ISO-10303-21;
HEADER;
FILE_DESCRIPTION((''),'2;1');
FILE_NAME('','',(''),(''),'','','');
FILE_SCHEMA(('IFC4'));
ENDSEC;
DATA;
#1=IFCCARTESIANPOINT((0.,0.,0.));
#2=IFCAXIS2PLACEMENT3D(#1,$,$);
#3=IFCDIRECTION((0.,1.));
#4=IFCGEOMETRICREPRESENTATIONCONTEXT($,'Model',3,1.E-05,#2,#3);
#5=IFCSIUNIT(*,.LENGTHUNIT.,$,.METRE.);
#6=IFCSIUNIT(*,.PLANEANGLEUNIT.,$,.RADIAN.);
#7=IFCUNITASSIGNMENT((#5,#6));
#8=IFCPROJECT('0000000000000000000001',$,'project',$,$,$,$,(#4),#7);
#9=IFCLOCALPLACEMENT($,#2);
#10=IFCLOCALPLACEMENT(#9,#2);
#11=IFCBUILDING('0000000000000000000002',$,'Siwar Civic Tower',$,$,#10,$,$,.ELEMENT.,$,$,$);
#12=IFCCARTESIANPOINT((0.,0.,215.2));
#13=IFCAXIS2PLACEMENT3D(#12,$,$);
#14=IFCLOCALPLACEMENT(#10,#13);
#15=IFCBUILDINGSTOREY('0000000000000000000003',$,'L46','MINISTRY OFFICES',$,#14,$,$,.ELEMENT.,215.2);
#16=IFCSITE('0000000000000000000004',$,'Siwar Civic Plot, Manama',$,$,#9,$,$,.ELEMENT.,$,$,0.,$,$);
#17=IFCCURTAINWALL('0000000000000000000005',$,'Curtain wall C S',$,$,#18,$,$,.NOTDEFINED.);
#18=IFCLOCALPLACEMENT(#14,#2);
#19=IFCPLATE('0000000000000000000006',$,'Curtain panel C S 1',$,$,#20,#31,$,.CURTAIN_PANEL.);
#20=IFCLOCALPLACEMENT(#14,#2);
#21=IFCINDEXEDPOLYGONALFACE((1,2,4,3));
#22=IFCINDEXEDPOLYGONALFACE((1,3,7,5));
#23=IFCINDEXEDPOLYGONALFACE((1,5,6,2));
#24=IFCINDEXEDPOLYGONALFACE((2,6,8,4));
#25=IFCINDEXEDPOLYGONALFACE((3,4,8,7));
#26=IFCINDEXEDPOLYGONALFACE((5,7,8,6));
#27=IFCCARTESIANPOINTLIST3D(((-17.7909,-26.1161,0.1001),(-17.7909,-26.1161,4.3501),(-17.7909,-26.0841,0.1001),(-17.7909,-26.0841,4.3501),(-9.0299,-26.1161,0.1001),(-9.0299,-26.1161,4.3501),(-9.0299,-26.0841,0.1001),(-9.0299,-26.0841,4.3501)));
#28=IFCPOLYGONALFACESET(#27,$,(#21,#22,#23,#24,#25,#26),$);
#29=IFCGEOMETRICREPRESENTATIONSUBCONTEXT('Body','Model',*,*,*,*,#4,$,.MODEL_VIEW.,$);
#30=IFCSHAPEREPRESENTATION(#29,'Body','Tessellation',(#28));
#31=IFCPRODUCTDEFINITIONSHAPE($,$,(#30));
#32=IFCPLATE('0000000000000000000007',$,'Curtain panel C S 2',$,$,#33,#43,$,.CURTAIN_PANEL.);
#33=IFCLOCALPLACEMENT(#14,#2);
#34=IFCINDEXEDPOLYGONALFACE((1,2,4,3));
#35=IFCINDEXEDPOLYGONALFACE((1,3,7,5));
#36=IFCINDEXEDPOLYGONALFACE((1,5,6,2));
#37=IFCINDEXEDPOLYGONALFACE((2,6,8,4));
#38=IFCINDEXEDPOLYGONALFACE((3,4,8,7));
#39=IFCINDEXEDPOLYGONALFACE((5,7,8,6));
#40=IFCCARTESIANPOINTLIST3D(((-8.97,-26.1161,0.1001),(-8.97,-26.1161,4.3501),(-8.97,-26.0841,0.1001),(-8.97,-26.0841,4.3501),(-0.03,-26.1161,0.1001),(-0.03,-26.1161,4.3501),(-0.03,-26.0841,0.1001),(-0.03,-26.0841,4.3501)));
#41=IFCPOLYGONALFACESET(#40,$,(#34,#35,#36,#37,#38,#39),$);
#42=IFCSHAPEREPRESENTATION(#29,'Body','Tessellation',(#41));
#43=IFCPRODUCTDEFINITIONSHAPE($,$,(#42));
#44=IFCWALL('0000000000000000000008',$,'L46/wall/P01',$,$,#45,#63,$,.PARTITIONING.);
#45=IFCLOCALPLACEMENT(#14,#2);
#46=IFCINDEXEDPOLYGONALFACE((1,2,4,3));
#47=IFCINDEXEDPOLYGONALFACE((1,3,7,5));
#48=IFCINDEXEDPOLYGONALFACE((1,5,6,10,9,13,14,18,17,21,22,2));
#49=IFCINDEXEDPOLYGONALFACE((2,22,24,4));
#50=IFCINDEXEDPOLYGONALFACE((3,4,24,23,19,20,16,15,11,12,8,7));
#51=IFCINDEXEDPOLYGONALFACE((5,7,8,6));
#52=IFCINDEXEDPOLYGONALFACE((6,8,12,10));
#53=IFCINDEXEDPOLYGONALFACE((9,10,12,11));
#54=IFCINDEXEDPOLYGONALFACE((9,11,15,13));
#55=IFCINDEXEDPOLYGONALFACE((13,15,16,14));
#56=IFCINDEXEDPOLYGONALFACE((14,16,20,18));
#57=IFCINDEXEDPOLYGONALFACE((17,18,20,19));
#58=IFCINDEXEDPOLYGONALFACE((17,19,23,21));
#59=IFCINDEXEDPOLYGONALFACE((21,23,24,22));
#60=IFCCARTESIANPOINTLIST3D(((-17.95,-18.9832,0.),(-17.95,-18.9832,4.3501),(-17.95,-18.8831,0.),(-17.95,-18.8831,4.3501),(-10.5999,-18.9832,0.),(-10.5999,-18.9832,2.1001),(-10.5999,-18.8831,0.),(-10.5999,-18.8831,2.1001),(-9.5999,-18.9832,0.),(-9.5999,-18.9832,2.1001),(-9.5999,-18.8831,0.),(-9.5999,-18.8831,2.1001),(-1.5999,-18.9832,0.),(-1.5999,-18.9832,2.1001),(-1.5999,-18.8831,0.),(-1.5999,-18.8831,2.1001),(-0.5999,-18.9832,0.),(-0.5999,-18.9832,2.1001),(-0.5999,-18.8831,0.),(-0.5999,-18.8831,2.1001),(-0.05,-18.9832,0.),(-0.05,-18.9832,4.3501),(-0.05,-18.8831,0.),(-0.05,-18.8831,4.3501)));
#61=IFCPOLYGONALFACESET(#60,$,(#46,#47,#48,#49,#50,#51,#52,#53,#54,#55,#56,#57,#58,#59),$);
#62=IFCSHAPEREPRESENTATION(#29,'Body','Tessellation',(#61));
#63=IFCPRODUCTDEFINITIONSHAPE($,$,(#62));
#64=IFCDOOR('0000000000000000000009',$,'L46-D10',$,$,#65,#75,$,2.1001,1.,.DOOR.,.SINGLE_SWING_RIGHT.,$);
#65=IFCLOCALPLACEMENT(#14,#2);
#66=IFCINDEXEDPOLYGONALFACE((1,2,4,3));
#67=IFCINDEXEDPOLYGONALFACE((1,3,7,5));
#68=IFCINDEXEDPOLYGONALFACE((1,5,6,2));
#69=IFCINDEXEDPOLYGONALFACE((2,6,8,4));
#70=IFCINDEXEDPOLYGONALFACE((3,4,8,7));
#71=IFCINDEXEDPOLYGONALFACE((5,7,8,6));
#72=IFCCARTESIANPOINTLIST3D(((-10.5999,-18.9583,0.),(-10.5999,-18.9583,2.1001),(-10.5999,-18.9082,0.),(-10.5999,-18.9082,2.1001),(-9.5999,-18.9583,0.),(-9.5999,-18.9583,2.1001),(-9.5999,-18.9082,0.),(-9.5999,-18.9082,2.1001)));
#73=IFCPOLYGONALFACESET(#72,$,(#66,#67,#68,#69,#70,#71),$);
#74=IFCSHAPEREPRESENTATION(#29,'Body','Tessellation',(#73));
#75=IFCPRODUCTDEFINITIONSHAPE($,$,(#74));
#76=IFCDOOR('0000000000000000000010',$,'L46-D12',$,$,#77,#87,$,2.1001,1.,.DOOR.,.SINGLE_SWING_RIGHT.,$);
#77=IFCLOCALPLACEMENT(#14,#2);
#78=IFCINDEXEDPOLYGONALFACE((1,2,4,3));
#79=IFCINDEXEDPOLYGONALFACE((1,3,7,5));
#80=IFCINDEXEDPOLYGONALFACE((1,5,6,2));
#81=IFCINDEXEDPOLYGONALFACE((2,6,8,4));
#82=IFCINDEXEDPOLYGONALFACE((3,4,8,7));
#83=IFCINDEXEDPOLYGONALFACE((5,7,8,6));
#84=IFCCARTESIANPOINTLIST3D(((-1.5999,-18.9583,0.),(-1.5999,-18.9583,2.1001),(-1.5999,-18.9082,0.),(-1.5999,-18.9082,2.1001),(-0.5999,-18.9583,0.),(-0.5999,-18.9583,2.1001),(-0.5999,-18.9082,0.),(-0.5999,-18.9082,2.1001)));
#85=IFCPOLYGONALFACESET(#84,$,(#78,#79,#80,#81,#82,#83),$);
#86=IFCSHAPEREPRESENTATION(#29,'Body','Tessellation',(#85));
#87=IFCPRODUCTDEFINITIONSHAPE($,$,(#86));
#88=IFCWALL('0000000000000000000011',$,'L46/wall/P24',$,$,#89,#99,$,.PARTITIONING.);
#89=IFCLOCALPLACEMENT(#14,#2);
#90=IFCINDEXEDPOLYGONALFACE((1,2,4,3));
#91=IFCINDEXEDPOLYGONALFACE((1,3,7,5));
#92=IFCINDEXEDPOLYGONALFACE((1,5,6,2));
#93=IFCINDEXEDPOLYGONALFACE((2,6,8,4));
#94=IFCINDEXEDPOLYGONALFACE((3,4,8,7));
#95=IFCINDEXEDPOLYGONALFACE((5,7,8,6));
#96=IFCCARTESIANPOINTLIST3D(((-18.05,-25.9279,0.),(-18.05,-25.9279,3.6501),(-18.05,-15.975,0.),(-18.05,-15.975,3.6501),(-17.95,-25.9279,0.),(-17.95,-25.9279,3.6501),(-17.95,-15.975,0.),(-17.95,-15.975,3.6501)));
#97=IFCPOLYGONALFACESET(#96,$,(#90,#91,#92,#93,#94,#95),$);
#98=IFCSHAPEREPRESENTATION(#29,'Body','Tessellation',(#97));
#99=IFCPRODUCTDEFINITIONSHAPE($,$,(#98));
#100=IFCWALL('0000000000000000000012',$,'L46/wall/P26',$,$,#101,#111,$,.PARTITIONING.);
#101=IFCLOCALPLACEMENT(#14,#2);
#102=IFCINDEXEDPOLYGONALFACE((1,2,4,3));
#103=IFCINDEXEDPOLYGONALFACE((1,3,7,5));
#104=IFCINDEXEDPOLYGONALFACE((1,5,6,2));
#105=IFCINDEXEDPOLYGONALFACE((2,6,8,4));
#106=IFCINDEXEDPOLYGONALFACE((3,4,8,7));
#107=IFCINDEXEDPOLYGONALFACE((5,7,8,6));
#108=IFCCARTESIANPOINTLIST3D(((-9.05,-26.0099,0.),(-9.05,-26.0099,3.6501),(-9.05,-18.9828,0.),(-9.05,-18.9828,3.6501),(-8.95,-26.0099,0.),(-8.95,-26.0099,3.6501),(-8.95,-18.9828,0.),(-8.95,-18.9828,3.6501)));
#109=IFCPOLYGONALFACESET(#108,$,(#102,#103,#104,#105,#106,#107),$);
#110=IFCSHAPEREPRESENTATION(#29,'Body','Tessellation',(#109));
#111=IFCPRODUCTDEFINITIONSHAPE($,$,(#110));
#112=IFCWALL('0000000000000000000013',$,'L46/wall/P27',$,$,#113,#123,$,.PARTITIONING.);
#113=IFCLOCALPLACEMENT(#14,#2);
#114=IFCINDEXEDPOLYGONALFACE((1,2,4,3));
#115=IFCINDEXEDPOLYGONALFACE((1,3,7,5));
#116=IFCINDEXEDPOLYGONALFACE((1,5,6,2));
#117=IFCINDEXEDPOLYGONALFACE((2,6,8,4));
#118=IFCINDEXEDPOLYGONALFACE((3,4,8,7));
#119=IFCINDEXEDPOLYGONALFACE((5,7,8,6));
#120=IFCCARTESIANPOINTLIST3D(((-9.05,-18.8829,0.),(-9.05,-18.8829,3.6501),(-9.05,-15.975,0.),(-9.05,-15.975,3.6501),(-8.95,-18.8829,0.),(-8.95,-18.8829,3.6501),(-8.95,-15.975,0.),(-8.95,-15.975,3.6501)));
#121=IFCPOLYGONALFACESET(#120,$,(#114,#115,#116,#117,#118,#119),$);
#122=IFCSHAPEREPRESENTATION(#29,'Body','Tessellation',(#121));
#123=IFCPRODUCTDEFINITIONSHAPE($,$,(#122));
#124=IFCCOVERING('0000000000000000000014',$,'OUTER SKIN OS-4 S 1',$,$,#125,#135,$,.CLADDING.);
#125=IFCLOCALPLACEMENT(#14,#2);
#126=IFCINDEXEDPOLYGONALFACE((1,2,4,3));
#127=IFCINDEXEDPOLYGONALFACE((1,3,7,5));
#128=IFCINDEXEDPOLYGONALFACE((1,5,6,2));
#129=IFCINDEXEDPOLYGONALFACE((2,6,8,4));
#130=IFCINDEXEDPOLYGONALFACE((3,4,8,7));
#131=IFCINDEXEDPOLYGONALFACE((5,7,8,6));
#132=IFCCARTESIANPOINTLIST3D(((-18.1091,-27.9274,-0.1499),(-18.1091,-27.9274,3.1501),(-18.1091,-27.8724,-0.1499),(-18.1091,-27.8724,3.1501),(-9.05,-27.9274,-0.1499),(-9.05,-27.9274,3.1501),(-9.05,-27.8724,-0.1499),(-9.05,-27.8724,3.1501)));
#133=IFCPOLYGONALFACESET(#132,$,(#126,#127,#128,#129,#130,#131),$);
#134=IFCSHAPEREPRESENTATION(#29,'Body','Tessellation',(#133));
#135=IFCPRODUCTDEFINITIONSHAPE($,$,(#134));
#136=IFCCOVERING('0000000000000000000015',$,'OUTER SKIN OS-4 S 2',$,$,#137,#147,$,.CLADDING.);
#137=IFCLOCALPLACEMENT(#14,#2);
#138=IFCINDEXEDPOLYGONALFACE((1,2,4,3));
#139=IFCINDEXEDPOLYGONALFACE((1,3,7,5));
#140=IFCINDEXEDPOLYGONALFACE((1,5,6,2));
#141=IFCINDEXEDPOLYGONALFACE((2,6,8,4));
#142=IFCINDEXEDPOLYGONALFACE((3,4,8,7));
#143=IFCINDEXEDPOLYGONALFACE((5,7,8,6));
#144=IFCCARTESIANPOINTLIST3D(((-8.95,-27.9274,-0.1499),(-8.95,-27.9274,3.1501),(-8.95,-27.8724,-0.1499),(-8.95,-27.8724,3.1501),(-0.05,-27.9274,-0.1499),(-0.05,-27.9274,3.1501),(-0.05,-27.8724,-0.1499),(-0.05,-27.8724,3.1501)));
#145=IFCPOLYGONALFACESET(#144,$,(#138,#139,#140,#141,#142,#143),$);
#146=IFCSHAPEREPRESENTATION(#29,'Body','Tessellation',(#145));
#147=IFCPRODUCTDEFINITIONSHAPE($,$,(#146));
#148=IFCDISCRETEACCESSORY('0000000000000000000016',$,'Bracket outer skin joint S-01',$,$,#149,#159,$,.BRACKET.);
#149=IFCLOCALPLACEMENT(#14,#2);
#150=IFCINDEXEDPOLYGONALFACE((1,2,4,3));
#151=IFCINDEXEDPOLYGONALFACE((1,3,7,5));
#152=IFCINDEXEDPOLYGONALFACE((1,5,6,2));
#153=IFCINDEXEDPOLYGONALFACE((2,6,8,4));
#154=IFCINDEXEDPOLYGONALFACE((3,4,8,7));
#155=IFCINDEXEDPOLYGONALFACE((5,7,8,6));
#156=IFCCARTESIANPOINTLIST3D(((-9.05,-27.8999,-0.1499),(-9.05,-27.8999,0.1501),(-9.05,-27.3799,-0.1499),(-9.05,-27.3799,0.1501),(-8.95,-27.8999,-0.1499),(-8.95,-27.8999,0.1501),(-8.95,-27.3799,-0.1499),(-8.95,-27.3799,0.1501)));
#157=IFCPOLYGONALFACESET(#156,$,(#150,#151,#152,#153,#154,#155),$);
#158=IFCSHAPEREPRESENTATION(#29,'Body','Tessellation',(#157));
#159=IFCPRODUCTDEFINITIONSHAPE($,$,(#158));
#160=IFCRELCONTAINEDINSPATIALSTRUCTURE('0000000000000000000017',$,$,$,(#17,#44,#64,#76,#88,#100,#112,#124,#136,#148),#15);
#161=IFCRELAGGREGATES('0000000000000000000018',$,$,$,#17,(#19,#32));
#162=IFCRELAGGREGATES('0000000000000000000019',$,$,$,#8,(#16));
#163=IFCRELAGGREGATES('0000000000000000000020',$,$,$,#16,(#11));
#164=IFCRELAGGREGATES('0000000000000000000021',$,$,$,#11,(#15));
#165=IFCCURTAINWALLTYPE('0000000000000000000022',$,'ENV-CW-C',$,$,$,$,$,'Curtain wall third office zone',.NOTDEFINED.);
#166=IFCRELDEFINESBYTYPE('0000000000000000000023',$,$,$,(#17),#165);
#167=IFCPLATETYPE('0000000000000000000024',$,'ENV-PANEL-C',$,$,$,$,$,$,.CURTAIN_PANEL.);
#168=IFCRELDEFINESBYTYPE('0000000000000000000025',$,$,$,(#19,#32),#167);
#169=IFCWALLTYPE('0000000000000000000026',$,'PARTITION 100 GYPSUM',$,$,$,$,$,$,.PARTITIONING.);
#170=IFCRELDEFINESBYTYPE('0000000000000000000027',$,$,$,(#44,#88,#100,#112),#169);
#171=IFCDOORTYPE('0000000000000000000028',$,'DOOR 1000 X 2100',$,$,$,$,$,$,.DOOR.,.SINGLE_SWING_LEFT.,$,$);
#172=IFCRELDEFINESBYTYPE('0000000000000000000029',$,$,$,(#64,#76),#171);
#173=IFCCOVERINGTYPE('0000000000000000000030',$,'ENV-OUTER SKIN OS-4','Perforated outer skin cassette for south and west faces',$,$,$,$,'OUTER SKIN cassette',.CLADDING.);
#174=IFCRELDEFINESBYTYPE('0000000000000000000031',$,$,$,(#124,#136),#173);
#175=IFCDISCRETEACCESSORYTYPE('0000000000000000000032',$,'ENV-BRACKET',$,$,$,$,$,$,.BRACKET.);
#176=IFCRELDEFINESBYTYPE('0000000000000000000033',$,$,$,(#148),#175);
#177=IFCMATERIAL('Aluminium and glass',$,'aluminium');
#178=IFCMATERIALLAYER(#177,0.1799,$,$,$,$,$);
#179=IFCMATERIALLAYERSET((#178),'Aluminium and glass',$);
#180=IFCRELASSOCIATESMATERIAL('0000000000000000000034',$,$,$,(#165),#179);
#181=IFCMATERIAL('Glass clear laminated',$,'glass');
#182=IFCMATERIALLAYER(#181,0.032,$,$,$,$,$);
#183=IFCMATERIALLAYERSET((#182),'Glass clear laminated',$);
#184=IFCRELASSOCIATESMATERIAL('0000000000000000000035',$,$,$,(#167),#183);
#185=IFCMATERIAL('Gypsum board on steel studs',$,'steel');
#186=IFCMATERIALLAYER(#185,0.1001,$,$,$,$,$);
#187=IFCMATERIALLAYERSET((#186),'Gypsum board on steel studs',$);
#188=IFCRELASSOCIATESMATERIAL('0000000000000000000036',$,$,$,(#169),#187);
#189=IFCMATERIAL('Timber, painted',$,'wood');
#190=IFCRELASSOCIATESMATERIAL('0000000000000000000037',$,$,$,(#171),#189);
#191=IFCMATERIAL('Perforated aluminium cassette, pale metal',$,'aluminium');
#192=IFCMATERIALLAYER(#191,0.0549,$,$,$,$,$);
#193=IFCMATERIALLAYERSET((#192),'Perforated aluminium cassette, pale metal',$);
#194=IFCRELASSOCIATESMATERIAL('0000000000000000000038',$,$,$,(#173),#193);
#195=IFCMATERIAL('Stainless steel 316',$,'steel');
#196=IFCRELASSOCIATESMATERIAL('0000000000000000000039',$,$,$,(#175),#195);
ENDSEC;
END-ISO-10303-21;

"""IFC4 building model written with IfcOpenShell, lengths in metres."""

from ifc_helpers import new_model, si_unit, direction, frame, frame_2d, origin, origin_2d, place, context, subcontext, project, spatial, rectangle, extrude, material, layer, layer_set, type_object, element, fill, aggregate, save


model = new_model("IFC4")

# Units and contexts
model_context = context("Model", 3, precision=1e-05, world=origin(), true_north=direction((0.0, 1.0)))
body_context = subcontext(model_context, "Body", "Model", "MODEL_VIEW")
ifc_project = project(units=[si_unit("LENGTHUNIT", "METRE"), si_unit("PLANEANGLEUNIT", "RADIAN")], contexts=[model_context])

# Site, building, storey
site_placement = place(None, origin())
site = spatial("IfcSite", under=ifc_project, at=site_placement, Name="Siwar Civic Plot, Manama", CompositionType="ELEMENT", RefElevation=0.0)
building_placement = place(site_placement, origin())
building = spatial("IfcBuilding", under=site, at=building_placement, Name="Siwar Civic Tower", CompositionType="ELEMENT")
storey_placement = place(building_placement, frame((0.0, 0.0, 215.2)))
storey = spatial("IfcBuildingStorey", under=building, at=storey_placement, Name="L46", Description="MINISTRY OFFICES", CompositionType="ELEMENT", Elevation=215.2)

# Curtain wall
ifc_material_1 = material(Name="Aluminium and glass", Category="aluminium")
ifc_layer_1 = layer(ifc_material_1, 0.1799)
ifc_layer_set_1 = layer_set([ifc_layer_1], Name="Aluminium and glass")
curtain_wall_type = type_object("IfcCurtainWallType", Name="ENV-CW-C", ElementType="Curtain wall third office zone", PredefinedType="NOTDEFINED", material=ifc_layer_set_1)
curtain_wall_placement = place(storey_placement, origin())
curtain_wall = element("IfcCurtainWall", 1, at=curtain_wall_placement, inside=storey, type_object=curtain_wall_type, Name="Curtain wall C S", PredefinedType="NOTDEFINED")

# Plates
ifc_material_2 = material(Name="Glass clear laminated", Category="glass")
ifc_layer_2 = layer(ifc_material_2, 0.032)
ifc_layer_set_2 = layer_set([ifc_layer_2], Name="Glass clear laminated")
plate_type = type_object("IfcPlateType", Name="ENV-PANEL-C", PredefinedType="CURTAIN_PANEL", material=ifc_layer_set_2)
plate_1_placement = place(storey_placement, frame((-13.4104, -26.1001, 0.1001), z_axis=(0.0, 0.0, 1.0), x_axis=(1.0, 0.0, 0.0)))
plate_1 = element("IfcPlate", 2, at=plate_1_placement, type_object=plate_type, Name="Curtain panel C S 1", PredefinedType="CURTAIN_PANEL", context=body_context, shape_type="SweptSolid", body=[
    extrude(rectangle(XDim=8.761, YDim=0.032, at=origin_2d()), origin(), (0.0, 0.0, 1.0), 4.25),
])
plate_2_placement = place(storey_placement, frame((-4.5, -26.1001, 0.1001), z_axis=(0.0, 0.0, 1.0), x_axis=(1.0, 0.0, 0.0)))
plate_2 = element("IfcPlate", 3, at=plate_2_placement, type_object=plate_type, Name="Curtain panel C S 2", PredefinedType="CURTAIN_PANEL", context=body_context, shape_type="SweptSolid", body=[
    extrude(rectangle(XDim=8.9399, YDim=0.032, at=origin_2d()), origin(), (0.0, 0.0, 1.0), 4.25),
])
aggregate(curtain_wall, [plate_1, plate_2])

# Wall, openings, doors
ifc_material_3 = material(Name="Gypsum board on steel studs", Category="steel")
ifc_layer_3 = layer(ifc_material_3, 0.1001)
ifc_layer_set_3 = layer_set([ifc_layer_3], Name="Gypsum board on steel studs")
wall_type = type_object("IfcWallType", Name="PARTITION 100 GYPSUM", PredefinedType="PARTITIONING", material=ifc_layer_set_3)
wall_1_placement = place(storey_placement, frame((-17.95, -18.9331, 0.0), z_axis=(0.0, 0.0, 1.0), x_axis=(1.0, 0.0, 0.0)))
wall_1 = element("IfcWall", 4, at=wall_1_placement, inside=storey, type_object=wall_type, Name="L46/wall/P01", PredefinedType="PARTITIONING", context=body_context, shape_type="SweptSolid", body=[
    extrude(rectangle(XDim=17.8999, YDim=0.1001, at=frame_2d((8.95, 0.0))), origin(), (0.0, 0.0, 1.0), 4.3501),
])
opening_1_placement = place(wall_1_placement, frame((7.3501, 0.0, 0.0)))
opening_1 = element("IfcOpeningElement", 5, at=opening_1_placement, cuts=wall_1, PredefinedType="OPENING", context=body_context, shape_type="SweptSolid", body=[
    extrude(rectangle(XDim=1.0, YDim=2.1001, at=frame_2d((0.5, 1.05))), frame((0.0, 0.0601, 0.0), z_axis=(0.0, -1.0, 0.0), x_axis=(1.0, 0.0, 0.0)), (0.0, 0.0, 1.0), 0.1201),
])
opening_2_placement = place(wall_1_placement, frame((16.3501, 0.0, 0.0)))
opening_2 = element("IfcOpeningElement", 6, at=opening_2_placement, cuts=wall_1, PredefinedType="OPENING", context=body_context, shape_type="SweptSolid", body=[
    extrude(rectangle(XDim=1.0, YDim=2.1001, at=frame_2d((0.5, 1.05))), frame((0.0, 0.0601, 0.0), z_axis=(0.0, -1.0, 0.0), x_axis=(1.0, 0.0, 0.0)), (0.0, 0.0, 1.0), 0.1201),
])
ifc_material_4 = material(Name="Timber, painted", Category="wood")
door_type = type_object("IfcDoorType", Name="DOOR 1000 X 2100", OperationType="SINGLE_SWING_LEFT", PredefinedType="DOOR", material=ifc_material_4)
door_1_placement = place(opening_1_placement, origin())
door_1 = element("IfcDoor", 7, at=door_1_placement, inside=storey, type_object=door_type, Name="L46-D10", OperationType="SINGLE_SWING_RIGHT", OverallHeight=2.1001, OverallWidth=1.0, PredefinedType="DOOR", context=body_context, shape_type="SweptSolid", body=[
    extrude(rectangle(XDim=1.0, YDim=2.1001, at=frame_2d((0.5, 1.05))), frame((0.0, 0.0249, 0.0), z_axis=(0.0, -1.0, 0.0), x_axis=(1.0, 0.0, 0.0)), (0.0, 0.0, 1.0), 0.05),
])
fill(opening_1, door_1)
door_2_placement = place(opening_2_placement, origin())
door_2 = element("IfcDoor", 8, at=door_2_placement, inside=storey, type_object=door_type, Name="L46-D12", OperationType="SINGLE_SWING_RIGHT", OverallHeight=2.1001, OverallWidth=1.0, PredefinedType="DOOR", context=body_context, shape_type="SweptSolid", body=[
    extrude(rectangle(XDim=1.0, YDim=2.1001, at=frame_2d((0.5, 1.05))), frame((0.0, 0.0249, 0.0), z_axis=(0.0, -1.0, 0.0), x_axis=(1.0, 0.0, 0.0)), (0.0, 0.0, 1.0), 0.05),
])
fill(opening_2, door_2)

# Walls
wall_2_placement = place(storey_placement, frame((-18.0, -25.928, 0.0), z_axis=(0.0, 0.0, 1.0), x_axis=(0.0, 1.0, 0.0)))
element("IfcWall", 9, at=wall_2_placement, inside=storey, type_object=wall_type, Name="L46/wall/P24", PredefinedType="PARTITIONING", context=body_context, shape_type="SweptSolid", body=[
    extrude(rectangle(XDim=9.9529, YDim=0.1001, at=frame_2d((4.9766, 0.0))), origin(), (0.0, 0.0, 1.0), 3.6501),
])
wall_3_placement = place(storey_placement, frame((-9.0, -26.01, 0.0), z_axis=(0.0, 0.0, 1.0), x_axis=(0.0, 1.0, 0.0)))
element("IfcWall", 10, at=wall_3_placement, inside=storey, type_object=wall_type, Name="L46/wall/P26", PredefinedType="PARTITIONING", context=body_context, shape_type="SweptSolid", body=[
    extrude(rectangle(XDim=7.0271, YDim=0.1001, at=frame_2d((3.5137, 0.0))), origin(), (0.0, 0.0, 1.0), 3.6501),
])
wall_4_placement = place(storey_placement, frame((-9.0, -18.8831, 0.0), z_axis=(0.0, 0.0, 1.0), x_axis=(0.0, 1.0, 0.0)))
element("IfcWall", 11, at=wall_4_placement, inside=storey, type_object=wall_type, Name="L46/wall/P27", PredefinedType="PARTITIONING", context=body_context, shape_type="SweptSolid", body=[
    extrude(rectangle(XDim=2.908, YDim=0.1001, at=frame_2d((1.4541, 0.0))), origin(), (0.0, 0.0, 1.0), 3.6501),
])

# Coverings
ifc_material_5 = material(Name="Perforated aluminium cassette, pale metal", Category="aluminium")
ifc_layer_4 = layer(ifc_material_5, 0.0549)
ifc_layer_set_4 = layer_set([ifc_layer_4], Name="Perforated aluminium cassette, pale metal")
covering_type = type_object("IfcCoveringType", Name="ENV-OUTER SKIN OS-4", Description="Perforated outer skin cassette for south and west faces", ElementType="OUTER SKIN cassette", PredefinedType="CLADDING", material=ifc_layer_set_4)
covering_1_placement = place(storey_placement, frame((-13.5796, -27.8999, -0.1499), z_axis=(0.0, 0.0, 1.0), x_axis=(1.0, 0.0, 0.0)))
element("IfcCovering", 12, at=covering_1_placement, inside=storey, type_object=covering_type, Name="OUTER SKIN OS-4 S 1", PredefinedType="CLADDING", context=body_context, shape_type="SweptSolid", body=[
    extrude(rectangle(XDim=9.0591, YDim=0.0549, at=origin_2d()), origin(), (0.0, 0.0, 1.0), 3.3),
])
covering_2_placement = place(storey_placement, frame((-4.5, -27.8999, -0.1499), z_axis=(0.0, 0.0, 1.0), x_axis=(1.0, 0.0, 0.0)))
element("IfcCovering", 13, at=covering_2_placement, inside=storey, type_object=covering_type, Name="OUTER SKIN OS-4 S 2", PredefinedType="CLADDING", context=body_context, shape_type="SweptSolid", body=[
    extrude(rectangle(XDim=8.8999, YDim=0.0549, at=origin_2d()), origin(), (0.0, 0.0, 1.0), 3.3),
])

# Discrete accessory
ifc_material_6 = material(Name="Stainless steel 316", Category="steel")
discrete_accessory_type = type_object("IfcDiscreteAccessoryType", Name="ENV-BRACKET", PredefinedType="BRACKET", material=ifc_material_6)
discrete_accessory_placement = place(storey_placement, frame((-9.0, -27.6399, -0.1499), z_axis=(0.0, 0.0, 1.0), x_axis=(0.0, -1.0, 0.0)))
element("IfcDiscreteAccessory", 14, at=discrete_accessory_placement, inside=storey, type_object=discrete_accessory_type, Name="Bracket outer skin joint S-01", PredefinedType="BRACKET", context=body_context, shape_type="SweptSolid", body=[
    extrude(rectangle(XDim=0.52, YDim=0.1001, at=origin_2d()), origin(), (0.0, 0.0, 1.0), 0.3),
])

save(model, "model.ifc")
